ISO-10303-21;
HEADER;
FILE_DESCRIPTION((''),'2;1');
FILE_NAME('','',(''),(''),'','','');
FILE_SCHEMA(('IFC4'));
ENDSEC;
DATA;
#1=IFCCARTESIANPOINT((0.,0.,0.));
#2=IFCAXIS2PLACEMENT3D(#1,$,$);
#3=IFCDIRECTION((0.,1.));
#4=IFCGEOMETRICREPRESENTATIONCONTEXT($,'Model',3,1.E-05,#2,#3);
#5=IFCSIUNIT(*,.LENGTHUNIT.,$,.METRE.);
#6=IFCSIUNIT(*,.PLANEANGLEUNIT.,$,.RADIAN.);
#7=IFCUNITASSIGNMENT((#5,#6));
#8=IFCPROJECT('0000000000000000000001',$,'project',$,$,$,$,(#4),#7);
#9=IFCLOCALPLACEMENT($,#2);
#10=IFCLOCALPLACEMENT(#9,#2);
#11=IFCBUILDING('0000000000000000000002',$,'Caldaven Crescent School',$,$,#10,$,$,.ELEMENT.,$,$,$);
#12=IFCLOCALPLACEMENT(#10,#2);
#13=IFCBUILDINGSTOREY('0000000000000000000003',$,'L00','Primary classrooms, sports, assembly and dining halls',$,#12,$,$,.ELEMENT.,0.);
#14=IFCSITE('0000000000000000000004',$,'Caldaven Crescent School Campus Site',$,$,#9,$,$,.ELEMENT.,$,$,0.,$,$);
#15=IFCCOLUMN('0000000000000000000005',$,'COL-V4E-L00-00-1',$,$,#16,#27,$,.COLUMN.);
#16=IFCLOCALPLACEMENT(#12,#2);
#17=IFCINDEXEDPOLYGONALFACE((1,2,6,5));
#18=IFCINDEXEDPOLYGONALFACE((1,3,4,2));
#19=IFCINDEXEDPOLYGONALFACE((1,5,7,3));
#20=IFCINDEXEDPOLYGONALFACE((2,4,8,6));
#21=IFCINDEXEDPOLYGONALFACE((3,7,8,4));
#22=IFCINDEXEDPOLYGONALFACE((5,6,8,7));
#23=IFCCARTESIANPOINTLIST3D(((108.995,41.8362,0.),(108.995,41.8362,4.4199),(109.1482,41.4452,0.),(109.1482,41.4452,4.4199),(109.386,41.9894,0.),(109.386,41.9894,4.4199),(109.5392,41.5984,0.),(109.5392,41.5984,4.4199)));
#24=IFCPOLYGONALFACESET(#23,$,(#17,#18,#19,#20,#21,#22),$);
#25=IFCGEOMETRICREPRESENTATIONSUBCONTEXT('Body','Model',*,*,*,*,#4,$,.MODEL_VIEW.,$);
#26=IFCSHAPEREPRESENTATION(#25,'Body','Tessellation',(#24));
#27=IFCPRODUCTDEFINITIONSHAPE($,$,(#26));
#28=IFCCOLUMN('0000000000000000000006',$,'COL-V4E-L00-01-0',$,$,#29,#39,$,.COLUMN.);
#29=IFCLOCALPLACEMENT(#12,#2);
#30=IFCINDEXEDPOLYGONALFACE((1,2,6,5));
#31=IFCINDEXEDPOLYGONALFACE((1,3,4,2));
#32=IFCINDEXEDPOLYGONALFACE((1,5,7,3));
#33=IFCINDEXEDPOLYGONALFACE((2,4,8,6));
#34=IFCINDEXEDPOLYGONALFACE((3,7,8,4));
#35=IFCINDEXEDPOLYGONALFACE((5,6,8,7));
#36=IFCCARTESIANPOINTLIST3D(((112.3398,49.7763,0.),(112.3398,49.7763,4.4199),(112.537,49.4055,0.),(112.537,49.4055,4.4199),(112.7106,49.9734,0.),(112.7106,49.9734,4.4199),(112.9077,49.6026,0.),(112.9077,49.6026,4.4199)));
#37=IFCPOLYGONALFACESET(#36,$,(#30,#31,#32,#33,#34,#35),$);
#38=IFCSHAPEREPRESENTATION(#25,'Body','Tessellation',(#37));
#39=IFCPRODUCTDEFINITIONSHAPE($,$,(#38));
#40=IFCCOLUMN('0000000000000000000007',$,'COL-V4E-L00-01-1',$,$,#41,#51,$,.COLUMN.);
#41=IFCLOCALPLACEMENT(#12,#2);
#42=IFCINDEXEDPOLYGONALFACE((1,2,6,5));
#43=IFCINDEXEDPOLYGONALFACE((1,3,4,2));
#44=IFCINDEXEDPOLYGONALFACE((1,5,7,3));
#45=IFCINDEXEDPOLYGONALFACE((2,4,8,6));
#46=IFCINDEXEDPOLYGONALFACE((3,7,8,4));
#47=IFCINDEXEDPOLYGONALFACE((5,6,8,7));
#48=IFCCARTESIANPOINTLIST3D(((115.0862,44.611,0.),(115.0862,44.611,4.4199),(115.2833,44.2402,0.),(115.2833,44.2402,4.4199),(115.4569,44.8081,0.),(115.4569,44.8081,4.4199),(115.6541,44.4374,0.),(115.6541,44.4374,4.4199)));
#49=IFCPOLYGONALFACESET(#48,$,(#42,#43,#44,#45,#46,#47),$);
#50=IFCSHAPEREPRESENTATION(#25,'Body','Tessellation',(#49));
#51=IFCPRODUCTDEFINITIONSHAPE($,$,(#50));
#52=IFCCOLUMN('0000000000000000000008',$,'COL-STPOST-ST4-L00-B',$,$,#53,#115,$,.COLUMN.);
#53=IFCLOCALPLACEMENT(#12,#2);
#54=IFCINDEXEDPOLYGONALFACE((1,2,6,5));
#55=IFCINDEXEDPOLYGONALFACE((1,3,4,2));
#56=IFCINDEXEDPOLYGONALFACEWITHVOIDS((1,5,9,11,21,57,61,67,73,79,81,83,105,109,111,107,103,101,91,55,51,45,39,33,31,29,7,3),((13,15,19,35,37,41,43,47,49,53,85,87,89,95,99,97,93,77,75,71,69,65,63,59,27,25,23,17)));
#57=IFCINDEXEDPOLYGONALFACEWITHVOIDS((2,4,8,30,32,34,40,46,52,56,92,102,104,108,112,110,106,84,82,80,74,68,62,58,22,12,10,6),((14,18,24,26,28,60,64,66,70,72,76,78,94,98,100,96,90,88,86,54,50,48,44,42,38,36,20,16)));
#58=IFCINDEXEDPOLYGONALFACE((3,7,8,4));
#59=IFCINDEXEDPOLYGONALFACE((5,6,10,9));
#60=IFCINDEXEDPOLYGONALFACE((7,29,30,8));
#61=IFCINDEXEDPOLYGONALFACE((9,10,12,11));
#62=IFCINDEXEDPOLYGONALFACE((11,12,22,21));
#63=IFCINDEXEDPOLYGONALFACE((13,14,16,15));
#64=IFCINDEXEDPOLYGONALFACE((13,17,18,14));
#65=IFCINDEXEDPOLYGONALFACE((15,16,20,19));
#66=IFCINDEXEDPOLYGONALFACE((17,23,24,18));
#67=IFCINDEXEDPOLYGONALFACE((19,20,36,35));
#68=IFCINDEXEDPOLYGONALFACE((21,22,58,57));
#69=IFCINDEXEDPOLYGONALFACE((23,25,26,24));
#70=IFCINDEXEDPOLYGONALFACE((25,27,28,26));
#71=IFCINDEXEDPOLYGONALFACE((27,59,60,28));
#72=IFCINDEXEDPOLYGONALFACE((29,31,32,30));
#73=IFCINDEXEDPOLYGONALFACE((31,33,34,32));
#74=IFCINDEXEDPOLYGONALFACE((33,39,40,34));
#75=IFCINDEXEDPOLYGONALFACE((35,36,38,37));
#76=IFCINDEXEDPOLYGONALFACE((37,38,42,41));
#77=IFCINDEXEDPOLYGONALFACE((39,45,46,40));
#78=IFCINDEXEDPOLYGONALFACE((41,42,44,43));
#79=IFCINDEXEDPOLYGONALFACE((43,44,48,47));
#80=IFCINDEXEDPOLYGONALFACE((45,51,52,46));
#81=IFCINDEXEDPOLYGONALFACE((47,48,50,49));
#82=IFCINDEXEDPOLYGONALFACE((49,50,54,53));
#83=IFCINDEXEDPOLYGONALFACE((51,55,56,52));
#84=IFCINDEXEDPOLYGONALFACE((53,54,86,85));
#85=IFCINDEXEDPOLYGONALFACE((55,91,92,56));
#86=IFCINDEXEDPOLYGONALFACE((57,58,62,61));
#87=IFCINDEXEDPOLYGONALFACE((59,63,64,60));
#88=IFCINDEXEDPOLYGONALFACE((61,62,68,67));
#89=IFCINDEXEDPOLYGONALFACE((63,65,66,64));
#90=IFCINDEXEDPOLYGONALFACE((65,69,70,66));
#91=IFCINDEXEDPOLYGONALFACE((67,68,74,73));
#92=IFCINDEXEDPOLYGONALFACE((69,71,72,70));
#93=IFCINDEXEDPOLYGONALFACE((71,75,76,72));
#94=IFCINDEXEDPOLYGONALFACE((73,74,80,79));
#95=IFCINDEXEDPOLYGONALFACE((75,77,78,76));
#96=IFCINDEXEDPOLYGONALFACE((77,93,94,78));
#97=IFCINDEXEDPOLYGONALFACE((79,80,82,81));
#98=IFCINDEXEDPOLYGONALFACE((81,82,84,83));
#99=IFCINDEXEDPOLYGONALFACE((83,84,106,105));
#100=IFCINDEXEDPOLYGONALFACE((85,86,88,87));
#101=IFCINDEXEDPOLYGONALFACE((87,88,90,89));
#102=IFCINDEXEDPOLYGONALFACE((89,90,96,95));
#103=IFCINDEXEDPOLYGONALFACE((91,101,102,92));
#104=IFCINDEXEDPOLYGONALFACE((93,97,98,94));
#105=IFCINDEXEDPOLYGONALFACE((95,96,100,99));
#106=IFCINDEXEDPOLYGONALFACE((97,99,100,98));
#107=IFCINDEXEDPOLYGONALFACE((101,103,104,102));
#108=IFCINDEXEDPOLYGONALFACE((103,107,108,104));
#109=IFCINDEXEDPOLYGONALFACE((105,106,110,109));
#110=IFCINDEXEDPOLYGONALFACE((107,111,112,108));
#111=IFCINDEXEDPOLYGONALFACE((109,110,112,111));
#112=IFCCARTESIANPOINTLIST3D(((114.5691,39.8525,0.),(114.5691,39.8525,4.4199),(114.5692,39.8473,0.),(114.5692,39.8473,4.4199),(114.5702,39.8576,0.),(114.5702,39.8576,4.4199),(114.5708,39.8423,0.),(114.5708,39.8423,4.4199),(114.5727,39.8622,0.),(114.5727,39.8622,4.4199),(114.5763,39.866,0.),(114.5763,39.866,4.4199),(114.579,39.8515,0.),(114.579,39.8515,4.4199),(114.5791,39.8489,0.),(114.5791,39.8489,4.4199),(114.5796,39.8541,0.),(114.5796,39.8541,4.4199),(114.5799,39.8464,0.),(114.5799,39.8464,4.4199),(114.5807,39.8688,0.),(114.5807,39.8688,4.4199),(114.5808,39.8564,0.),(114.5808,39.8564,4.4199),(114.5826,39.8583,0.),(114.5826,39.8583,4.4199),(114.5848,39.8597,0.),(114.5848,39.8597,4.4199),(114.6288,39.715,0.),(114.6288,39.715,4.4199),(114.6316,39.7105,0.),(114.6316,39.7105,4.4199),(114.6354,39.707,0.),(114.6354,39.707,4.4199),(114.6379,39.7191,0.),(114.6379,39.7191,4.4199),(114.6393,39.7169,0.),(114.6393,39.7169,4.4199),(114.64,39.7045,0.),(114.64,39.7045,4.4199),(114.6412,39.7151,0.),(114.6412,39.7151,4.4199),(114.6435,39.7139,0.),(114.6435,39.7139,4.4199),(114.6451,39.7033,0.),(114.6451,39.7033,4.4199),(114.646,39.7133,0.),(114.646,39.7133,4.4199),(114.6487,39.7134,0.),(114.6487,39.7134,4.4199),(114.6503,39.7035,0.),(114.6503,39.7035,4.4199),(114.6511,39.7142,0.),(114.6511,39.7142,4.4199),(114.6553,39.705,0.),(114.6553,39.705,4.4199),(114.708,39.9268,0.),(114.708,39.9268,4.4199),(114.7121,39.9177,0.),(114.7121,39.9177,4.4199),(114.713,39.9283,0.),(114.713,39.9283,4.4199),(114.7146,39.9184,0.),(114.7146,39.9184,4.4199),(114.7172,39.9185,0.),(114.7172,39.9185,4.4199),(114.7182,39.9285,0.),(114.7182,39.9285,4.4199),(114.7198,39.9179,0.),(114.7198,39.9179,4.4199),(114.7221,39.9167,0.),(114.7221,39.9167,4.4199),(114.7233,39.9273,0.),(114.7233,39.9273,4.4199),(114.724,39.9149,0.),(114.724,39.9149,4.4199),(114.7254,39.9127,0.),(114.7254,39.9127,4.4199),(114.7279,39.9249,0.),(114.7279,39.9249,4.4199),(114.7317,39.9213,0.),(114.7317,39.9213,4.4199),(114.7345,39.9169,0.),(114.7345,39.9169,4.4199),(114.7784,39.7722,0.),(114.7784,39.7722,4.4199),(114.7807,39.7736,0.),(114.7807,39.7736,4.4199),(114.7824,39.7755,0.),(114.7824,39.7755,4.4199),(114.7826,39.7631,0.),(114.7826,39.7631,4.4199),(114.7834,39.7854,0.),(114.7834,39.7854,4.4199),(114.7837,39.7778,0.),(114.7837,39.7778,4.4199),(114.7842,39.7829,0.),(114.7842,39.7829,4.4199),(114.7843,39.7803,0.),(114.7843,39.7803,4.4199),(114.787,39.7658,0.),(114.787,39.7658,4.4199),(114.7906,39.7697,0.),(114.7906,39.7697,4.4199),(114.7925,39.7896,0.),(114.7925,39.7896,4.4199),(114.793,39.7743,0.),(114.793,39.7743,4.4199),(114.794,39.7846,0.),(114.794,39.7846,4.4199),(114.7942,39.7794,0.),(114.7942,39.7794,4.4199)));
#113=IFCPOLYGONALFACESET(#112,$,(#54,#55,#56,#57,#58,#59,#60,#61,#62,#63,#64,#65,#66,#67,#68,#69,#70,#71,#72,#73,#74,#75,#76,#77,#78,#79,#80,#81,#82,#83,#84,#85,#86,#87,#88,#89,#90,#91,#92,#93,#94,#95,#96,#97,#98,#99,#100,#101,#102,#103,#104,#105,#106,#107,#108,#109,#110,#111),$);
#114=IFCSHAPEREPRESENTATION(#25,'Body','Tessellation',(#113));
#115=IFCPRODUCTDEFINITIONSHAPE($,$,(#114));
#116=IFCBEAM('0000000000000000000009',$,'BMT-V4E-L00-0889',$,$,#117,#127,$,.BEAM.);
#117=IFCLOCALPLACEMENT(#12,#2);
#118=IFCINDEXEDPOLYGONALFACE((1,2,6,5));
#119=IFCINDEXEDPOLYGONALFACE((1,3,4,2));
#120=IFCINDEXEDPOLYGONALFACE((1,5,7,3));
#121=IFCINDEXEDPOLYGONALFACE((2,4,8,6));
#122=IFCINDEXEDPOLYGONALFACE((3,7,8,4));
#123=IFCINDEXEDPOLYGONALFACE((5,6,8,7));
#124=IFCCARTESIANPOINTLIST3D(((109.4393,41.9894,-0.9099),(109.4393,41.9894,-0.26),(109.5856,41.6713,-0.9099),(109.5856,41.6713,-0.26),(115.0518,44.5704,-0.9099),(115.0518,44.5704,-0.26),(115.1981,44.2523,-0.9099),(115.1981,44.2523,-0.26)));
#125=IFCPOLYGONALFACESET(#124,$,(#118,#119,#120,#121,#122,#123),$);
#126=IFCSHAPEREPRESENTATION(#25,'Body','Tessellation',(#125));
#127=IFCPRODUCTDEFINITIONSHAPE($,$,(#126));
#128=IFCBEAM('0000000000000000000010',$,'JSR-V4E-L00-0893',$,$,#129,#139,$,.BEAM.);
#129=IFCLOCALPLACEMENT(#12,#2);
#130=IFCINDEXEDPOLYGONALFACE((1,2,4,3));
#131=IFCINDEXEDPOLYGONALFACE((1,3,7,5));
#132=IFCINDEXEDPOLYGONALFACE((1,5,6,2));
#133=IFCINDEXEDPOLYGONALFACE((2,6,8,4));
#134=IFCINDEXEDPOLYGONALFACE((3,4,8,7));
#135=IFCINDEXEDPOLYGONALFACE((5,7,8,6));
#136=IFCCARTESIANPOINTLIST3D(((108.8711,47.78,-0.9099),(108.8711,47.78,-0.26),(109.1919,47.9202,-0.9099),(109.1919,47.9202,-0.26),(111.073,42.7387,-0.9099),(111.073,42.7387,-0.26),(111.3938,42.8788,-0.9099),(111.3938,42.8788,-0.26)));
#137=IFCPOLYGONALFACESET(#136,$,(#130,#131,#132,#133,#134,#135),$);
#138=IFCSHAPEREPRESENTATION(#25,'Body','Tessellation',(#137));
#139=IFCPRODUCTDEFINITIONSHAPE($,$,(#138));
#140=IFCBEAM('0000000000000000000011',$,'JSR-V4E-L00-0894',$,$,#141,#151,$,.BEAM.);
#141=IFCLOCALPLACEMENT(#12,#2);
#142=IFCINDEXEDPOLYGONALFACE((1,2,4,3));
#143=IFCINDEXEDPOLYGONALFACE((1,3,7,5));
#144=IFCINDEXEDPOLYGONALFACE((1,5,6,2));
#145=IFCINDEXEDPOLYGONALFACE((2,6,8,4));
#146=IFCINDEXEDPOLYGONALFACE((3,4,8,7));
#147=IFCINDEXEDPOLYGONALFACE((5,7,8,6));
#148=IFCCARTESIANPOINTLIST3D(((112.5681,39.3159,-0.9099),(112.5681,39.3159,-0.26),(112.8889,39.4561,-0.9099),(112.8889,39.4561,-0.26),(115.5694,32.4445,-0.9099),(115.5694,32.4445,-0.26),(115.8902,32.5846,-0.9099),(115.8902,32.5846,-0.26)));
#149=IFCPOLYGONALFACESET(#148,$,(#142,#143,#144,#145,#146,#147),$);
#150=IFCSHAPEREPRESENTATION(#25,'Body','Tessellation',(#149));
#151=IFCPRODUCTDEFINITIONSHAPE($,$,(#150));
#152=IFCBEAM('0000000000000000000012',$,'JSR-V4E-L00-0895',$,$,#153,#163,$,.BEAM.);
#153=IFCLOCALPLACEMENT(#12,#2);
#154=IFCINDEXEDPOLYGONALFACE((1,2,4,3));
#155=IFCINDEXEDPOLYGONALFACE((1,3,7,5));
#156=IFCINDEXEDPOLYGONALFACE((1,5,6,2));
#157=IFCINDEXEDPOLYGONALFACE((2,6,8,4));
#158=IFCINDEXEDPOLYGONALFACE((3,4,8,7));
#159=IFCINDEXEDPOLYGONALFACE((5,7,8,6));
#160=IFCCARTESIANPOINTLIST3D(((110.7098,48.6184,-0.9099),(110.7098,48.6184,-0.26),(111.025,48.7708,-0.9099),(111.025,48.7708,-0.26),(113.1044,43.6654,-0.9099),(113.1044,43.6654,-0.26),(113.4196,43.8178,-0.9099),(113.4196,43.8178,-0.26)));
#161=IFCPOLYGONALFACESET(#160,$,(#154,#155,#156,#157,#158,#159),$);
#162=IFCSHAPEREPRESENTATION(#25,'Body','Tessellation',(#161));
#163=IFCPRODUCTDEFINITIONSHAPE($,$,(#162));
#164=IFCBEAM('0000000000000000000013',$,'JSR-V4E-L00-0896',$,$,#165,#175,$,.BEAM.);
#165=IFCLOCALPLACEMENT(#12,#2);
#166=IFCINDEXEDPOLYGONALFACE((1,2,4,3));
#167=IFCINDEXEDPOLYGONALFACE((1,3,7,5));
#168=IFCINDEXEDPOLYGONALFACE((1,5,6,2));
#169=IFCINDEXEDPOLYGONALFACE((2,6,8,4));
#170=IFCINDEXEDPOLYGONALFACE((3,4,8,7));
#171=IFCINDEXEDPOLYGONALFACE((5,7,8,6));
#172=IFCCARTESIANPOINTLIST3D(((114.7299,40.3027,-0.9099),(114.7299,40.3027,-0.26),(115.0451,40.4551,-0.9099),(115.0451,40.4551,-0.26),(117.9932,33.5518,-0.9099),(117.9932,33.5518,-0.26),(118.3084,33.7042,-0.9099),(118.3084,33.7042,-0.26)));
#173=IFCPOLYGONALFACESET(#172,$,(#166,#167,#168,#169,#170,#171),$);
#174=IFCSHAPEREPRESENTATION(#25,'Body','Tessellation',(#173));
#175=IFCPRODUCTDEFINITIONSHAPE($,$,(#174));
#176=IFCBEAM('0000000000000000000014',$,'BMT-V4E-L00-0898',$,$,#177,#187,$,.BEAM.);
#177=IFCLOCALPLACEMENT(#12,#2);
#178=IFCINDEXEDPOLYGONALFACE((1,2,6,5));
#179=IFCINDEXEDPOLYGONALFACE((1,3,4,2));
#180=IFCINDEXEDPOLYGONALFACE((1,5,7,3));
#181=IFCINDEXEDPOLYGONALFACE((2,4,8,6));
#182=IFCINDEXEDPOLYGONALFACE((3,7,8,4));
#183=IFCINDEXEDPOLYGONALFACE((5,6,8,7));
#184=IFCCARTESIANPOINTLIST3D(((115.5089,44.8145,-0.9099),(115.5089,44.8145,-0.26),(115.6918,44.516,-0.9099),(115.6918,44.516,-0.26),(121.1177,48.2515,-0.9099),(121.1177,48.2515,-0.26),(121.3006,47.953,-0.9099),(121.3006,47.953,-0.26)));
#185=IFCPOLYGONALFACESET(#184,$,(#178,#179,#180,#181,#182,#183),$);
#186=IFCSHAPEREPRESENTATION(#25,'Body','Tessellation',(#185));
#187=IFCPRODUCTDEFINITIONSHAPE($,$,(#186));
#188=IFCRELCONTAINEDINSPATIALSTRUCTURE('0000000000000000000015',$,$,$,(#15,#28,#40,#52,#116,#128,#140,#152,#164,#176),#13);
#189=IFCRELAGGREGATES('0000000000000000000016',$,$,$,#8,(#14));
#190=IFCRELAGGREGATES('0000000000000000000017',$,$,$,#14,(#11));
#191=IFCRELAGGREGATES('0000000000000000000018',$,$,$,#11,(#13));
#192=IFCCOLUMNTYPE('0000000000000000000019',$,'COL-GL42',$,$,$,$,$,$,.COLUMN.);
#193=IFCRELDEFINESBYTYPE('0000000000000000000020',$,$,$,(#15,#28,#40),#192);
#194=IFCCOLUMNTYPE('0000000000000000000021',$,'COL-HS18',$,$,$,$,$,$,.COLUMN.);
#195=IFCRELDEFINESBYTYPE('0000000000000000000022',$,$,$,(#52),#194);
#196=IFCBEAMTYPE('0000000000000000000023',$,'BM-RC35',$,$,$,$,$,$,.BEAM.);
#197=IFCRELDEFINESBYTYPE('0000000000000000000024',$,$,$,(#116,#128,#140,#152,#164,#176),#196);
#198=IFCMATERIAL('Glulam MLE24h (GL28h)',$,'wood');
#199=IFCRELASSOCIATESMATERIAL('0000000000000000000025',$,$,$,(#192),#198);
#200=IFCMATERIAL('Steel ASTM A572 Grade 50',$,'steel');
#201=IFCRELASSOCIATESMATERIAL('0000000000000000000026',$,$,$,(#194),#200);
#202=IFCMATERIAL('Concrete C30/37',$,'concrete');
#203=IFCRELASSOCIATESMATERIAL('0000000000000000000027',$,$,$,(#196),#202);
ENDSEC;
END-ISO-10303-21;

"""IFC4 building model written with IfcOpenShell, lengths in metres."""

from ifc_helpers import new_model, si_unit, direction, frame, origin, origin_2d, place, context, subcontext, project, spatial, rectangle, hollow_rectangle, extrude, material, material_profile, profile_set, type_object, element, save


model = new_model("IFC4")

# Units and contexts
model_context = context("Model", 3, precision=1e-05, world=origin(), true_north=direction((0.0, 1.0)))
body_context = subcontext(model_context, "Body", "Model", "MODEL_VIEW")
ifc_project = project(units=[si_unit("LENGTHUNIT", "METRE"), si_unit("PLANEANGLEUNIT", "RADIAN")], contexts=[model_context])

# Site, building, storey
site_placement = place(None, origin())
site = spatial("IfcSite", under=ifc_project, at=site_placement, Name="Caldaven Crescent School Campus Site", CompositionType="ELEMENT", RefElevation=0.0)
building_placement = place(site_placement, origin())
building = spatial("IfcBuilding", under=site, at=building_placement, Name="Caldaven Crescent School", CompositionType="ELEMENT")
storey_placement = place(building_placement, origin())
storey = spatial("IfcBuildingStorey", under=building, at=storey_placement, Name="L00", Description="Primary classrooms, sports, assembly and dining halls", CompositionType="ELEMENT", Elevation=0.0)

# Columns
ifc_material_1 = material(Name="Glulam MLE24h (GL28h)", Category="wood")
ifc_material_profile_1 = material_profile(ifc_material_1, rectangle(XDim=0.4199, YDim=0.4199, at=origin_2d()), Name="MLE 420x420")
ifc_profile_set_1 = profile_set([ifc_material_profile_1], Name="Glulam MLE24h (GL28h)")
column_type_1 = type_object("IfcColumnType", Name="COL-GL42", PredefinedType="COLUMN", material=ifc_profile_set_1)
for number, where, z_axis, x_axis, name in (
    (1, (109.2671, 41.7173, 0.0), (0.0, 0.0, 1.0), (0.364714, -0.931119, 0.0), "COL-V4E-L00-00-1"),
    (2, (112.6238, 49.6895, 0.0), (0.0, 0.0, 1.0), (0.469472, -0.882948, 0.0), "COL-V4E-L00-01-0"),
    (3, (115.3701, 44.5242, 0.0), (0.0, 0.0, 1.0), (0.469472, -0.882948, 0.0), "COL-V4E-L00-01-1"),
):
    element("IfcColumn", number, at=place(storey_placement, frame(where, z_axis=z_axis, x_axis=x_axis)), inside=storey, type_object=column_type_1, Name=name, PredefinedType="COLUMN", context=body_context, shape_type="SweptSolid", body=[
        extrude(rectangle(XDim=0.4199, YDim=0.4199, at=origin_2d()), origin(), (0.0, 0.0, 1.0), 4.4199),
    ])
ifc_material_2 = material(Name="Steel ASTM A572 Grade 50", Category="steel")
ifc_material_profile_2 = material_profile(ifc_material_2, hollow_rectangle(XDim=0.1799, YDim=0.1799, WallThickness=0.01, InnerFilletRadius=0.01, OuterFilletRadius=0.02, at=origin_2d()), Name="HSS 180x180x10")
ifc_profile_set_2 = profile_set([ifc_material_profile_2], Name="Steel ASTM A572 Grade 50")
column_type_2 = type_object("IfcColumnType", Name="COL-HS18", PredefinedType="COLUMN", material=ifc_profile_set_2)
column_placement = place(storey_placement, frame((114.6816, 39.8159, 0.0), z_axis=(0.0, 0.0, 1.0), x_axis=(0.909961, 0.414693, 0.0)))
element("IfcColumn", 4, at=column_placement, inside=storey, type_object=column_type_2, Name="COL-STPOST-ST4-L00-B", PredefinedType="COLUMN", context=body_context, shape_type="SweptSolid", body=[
    extrude(hollow_rectangle(XDim=0.1799, YDim=0.1799, WallThickness=0.01, InnerFilletRadius=0.01, OuterFilletRadius=0.02, at=origin_2d()), origin(), (0.0, 0.0, 1.0), 4.4199),
])

# Beams
ifc_material_3 = material(Name="Concrete C30/37", Category="concrete")
ifc_material_profile_3 = material_profile(ifc_material_3, rectangle(XDim=0.3501, YDim=0.6499, at=origin_2d()), Name="RC 350x650")
ifc_profile_set_3 = profile_set([ifc_material_profile_3], Name="Concrete C30/37")
beam_type_1 = type_object("IfcBeamType", Name="BM-RC35", PredefinedType="BEAM", material=ifc_profile_set_3)
beam_1_placement = place(storey_placement, frame((109.5125, 41.8303, -0.585), z_axis=(0.908535, 0.41781, 0.0), x_axis=(-0.41781, 0.908535, 0.0)))
element("IfcBeam", 5, at=beam_1_placement, inside=storey, type_object=beam_type_1, Name="BMT-V4E-L00-0889", PredefinedType="BEAM", context=body_context, shape_type="SweptSolid", body=[
    extrude(rectangle(XDim=0.3501, YDim=0.6499, at=origin_2d()), origin(), (0.0, 0.0, 1.0), 6.1775),
])
beam_2_placement = place(storey_placement, frame((109.0315, 47.8501, -0.585), z_axis=(0.400262, -0.916401, 0.0), x_axis=(0.916401, 0.400262, 0.0)))
element("IfcBeam", 6, at=beam_2_placement, inside=storey, type_object=beam_type_1, Name="JSR-V4E-L00-0893", PredefinedType="BEAM", context=body_context, shape_type="SweptSolid", body=[
    extrude(rectangle(XDim=0.3501, YDim=0.6499, at=origin_2d()), origin(), (0.0, 0.0, 1.0), 5.5012),
])
beam_3_placement = place(storey_placement, frame((112.7285, 39.386, -0.585), z_axis=(0.40026, -0.916402, 0.0), x_axis=(0.916402, 0.40026, 0.0)))
element("IfcBeam", 7, at=beam_3_placement, inside=storey, type_object=beam_type_1, Name="JSR-V4E-L00-0894", PredefinedType="BEAM", context=body_context, shape_type="SweptSolid", body=[
    extrude(rectangle(XDim=0.3501, YDim=0.6499, at=origin_2d()), origin(), (0.0, 0.0, 1.0), 7.4983),
])
beam_4_placement = place(storey_placement, frame((110.8674, 48.6946, -0.585), z_axis=(0.435263, -0.900303, 0.0), x_axis=(0.900303, 0.435263, 0.0)))
element("IfcBeam", 8, at=beam_4_placement, inside=storey, type_object=beam_type_1, Name="JSR-V4E-L00-0895", PredefinedType="BEAM", context=body_context, shape_type="SweptSolid", body=[
    extrude(rectangle(XDim=0.3501, YDim=0.6499, at=origin_2d()), origin(), (0.0, 0.0, 1.0), 5.5015),
])
beam_5_placement = place(storey_placement, frame((114.8875, 40.3789, -0.585), z_axis=(0.435218, -0.900325, 0.0), x_axis=(0.900325, 0.435218, 0.0)))
element("IfcBeam", 9, at=beam_5_placement, inside=storey, type_object=beam_type_1, Name="JSR-V4E-L00-0896", PredefinedType="BEAM", context=body_context, shape_type="SweptSolid", body=[
    extrude(rectangle(XDim=0.3501, YDim=0.6499, at=origin_2d()), origin(), (0.0, 0.0, 1.0), 7.4983),
])
beam_6_placement = place(storey_placement, frame((115.6003, 44.6653, -0.585), z_axis=(0.852648, 0.522485, 0.0), x_axis=(-0.522485, 0.852648, 0.0)))
element("IfcBeam", 10, at=beam_6_placement, inside=storey, type_object=beam_type_1, Name="BMT-V4E-L00-0898", PredefinedType="BEAM", context=body_context, shape_type="SweptSolid", body=[
    extrude(rectangle(XDim=0.3501, YDim=0.6499, at=origin_2d()), origin(), (0.0, 0.0, 1.0), 6.5781),
])

save(model, "model.ifc")
